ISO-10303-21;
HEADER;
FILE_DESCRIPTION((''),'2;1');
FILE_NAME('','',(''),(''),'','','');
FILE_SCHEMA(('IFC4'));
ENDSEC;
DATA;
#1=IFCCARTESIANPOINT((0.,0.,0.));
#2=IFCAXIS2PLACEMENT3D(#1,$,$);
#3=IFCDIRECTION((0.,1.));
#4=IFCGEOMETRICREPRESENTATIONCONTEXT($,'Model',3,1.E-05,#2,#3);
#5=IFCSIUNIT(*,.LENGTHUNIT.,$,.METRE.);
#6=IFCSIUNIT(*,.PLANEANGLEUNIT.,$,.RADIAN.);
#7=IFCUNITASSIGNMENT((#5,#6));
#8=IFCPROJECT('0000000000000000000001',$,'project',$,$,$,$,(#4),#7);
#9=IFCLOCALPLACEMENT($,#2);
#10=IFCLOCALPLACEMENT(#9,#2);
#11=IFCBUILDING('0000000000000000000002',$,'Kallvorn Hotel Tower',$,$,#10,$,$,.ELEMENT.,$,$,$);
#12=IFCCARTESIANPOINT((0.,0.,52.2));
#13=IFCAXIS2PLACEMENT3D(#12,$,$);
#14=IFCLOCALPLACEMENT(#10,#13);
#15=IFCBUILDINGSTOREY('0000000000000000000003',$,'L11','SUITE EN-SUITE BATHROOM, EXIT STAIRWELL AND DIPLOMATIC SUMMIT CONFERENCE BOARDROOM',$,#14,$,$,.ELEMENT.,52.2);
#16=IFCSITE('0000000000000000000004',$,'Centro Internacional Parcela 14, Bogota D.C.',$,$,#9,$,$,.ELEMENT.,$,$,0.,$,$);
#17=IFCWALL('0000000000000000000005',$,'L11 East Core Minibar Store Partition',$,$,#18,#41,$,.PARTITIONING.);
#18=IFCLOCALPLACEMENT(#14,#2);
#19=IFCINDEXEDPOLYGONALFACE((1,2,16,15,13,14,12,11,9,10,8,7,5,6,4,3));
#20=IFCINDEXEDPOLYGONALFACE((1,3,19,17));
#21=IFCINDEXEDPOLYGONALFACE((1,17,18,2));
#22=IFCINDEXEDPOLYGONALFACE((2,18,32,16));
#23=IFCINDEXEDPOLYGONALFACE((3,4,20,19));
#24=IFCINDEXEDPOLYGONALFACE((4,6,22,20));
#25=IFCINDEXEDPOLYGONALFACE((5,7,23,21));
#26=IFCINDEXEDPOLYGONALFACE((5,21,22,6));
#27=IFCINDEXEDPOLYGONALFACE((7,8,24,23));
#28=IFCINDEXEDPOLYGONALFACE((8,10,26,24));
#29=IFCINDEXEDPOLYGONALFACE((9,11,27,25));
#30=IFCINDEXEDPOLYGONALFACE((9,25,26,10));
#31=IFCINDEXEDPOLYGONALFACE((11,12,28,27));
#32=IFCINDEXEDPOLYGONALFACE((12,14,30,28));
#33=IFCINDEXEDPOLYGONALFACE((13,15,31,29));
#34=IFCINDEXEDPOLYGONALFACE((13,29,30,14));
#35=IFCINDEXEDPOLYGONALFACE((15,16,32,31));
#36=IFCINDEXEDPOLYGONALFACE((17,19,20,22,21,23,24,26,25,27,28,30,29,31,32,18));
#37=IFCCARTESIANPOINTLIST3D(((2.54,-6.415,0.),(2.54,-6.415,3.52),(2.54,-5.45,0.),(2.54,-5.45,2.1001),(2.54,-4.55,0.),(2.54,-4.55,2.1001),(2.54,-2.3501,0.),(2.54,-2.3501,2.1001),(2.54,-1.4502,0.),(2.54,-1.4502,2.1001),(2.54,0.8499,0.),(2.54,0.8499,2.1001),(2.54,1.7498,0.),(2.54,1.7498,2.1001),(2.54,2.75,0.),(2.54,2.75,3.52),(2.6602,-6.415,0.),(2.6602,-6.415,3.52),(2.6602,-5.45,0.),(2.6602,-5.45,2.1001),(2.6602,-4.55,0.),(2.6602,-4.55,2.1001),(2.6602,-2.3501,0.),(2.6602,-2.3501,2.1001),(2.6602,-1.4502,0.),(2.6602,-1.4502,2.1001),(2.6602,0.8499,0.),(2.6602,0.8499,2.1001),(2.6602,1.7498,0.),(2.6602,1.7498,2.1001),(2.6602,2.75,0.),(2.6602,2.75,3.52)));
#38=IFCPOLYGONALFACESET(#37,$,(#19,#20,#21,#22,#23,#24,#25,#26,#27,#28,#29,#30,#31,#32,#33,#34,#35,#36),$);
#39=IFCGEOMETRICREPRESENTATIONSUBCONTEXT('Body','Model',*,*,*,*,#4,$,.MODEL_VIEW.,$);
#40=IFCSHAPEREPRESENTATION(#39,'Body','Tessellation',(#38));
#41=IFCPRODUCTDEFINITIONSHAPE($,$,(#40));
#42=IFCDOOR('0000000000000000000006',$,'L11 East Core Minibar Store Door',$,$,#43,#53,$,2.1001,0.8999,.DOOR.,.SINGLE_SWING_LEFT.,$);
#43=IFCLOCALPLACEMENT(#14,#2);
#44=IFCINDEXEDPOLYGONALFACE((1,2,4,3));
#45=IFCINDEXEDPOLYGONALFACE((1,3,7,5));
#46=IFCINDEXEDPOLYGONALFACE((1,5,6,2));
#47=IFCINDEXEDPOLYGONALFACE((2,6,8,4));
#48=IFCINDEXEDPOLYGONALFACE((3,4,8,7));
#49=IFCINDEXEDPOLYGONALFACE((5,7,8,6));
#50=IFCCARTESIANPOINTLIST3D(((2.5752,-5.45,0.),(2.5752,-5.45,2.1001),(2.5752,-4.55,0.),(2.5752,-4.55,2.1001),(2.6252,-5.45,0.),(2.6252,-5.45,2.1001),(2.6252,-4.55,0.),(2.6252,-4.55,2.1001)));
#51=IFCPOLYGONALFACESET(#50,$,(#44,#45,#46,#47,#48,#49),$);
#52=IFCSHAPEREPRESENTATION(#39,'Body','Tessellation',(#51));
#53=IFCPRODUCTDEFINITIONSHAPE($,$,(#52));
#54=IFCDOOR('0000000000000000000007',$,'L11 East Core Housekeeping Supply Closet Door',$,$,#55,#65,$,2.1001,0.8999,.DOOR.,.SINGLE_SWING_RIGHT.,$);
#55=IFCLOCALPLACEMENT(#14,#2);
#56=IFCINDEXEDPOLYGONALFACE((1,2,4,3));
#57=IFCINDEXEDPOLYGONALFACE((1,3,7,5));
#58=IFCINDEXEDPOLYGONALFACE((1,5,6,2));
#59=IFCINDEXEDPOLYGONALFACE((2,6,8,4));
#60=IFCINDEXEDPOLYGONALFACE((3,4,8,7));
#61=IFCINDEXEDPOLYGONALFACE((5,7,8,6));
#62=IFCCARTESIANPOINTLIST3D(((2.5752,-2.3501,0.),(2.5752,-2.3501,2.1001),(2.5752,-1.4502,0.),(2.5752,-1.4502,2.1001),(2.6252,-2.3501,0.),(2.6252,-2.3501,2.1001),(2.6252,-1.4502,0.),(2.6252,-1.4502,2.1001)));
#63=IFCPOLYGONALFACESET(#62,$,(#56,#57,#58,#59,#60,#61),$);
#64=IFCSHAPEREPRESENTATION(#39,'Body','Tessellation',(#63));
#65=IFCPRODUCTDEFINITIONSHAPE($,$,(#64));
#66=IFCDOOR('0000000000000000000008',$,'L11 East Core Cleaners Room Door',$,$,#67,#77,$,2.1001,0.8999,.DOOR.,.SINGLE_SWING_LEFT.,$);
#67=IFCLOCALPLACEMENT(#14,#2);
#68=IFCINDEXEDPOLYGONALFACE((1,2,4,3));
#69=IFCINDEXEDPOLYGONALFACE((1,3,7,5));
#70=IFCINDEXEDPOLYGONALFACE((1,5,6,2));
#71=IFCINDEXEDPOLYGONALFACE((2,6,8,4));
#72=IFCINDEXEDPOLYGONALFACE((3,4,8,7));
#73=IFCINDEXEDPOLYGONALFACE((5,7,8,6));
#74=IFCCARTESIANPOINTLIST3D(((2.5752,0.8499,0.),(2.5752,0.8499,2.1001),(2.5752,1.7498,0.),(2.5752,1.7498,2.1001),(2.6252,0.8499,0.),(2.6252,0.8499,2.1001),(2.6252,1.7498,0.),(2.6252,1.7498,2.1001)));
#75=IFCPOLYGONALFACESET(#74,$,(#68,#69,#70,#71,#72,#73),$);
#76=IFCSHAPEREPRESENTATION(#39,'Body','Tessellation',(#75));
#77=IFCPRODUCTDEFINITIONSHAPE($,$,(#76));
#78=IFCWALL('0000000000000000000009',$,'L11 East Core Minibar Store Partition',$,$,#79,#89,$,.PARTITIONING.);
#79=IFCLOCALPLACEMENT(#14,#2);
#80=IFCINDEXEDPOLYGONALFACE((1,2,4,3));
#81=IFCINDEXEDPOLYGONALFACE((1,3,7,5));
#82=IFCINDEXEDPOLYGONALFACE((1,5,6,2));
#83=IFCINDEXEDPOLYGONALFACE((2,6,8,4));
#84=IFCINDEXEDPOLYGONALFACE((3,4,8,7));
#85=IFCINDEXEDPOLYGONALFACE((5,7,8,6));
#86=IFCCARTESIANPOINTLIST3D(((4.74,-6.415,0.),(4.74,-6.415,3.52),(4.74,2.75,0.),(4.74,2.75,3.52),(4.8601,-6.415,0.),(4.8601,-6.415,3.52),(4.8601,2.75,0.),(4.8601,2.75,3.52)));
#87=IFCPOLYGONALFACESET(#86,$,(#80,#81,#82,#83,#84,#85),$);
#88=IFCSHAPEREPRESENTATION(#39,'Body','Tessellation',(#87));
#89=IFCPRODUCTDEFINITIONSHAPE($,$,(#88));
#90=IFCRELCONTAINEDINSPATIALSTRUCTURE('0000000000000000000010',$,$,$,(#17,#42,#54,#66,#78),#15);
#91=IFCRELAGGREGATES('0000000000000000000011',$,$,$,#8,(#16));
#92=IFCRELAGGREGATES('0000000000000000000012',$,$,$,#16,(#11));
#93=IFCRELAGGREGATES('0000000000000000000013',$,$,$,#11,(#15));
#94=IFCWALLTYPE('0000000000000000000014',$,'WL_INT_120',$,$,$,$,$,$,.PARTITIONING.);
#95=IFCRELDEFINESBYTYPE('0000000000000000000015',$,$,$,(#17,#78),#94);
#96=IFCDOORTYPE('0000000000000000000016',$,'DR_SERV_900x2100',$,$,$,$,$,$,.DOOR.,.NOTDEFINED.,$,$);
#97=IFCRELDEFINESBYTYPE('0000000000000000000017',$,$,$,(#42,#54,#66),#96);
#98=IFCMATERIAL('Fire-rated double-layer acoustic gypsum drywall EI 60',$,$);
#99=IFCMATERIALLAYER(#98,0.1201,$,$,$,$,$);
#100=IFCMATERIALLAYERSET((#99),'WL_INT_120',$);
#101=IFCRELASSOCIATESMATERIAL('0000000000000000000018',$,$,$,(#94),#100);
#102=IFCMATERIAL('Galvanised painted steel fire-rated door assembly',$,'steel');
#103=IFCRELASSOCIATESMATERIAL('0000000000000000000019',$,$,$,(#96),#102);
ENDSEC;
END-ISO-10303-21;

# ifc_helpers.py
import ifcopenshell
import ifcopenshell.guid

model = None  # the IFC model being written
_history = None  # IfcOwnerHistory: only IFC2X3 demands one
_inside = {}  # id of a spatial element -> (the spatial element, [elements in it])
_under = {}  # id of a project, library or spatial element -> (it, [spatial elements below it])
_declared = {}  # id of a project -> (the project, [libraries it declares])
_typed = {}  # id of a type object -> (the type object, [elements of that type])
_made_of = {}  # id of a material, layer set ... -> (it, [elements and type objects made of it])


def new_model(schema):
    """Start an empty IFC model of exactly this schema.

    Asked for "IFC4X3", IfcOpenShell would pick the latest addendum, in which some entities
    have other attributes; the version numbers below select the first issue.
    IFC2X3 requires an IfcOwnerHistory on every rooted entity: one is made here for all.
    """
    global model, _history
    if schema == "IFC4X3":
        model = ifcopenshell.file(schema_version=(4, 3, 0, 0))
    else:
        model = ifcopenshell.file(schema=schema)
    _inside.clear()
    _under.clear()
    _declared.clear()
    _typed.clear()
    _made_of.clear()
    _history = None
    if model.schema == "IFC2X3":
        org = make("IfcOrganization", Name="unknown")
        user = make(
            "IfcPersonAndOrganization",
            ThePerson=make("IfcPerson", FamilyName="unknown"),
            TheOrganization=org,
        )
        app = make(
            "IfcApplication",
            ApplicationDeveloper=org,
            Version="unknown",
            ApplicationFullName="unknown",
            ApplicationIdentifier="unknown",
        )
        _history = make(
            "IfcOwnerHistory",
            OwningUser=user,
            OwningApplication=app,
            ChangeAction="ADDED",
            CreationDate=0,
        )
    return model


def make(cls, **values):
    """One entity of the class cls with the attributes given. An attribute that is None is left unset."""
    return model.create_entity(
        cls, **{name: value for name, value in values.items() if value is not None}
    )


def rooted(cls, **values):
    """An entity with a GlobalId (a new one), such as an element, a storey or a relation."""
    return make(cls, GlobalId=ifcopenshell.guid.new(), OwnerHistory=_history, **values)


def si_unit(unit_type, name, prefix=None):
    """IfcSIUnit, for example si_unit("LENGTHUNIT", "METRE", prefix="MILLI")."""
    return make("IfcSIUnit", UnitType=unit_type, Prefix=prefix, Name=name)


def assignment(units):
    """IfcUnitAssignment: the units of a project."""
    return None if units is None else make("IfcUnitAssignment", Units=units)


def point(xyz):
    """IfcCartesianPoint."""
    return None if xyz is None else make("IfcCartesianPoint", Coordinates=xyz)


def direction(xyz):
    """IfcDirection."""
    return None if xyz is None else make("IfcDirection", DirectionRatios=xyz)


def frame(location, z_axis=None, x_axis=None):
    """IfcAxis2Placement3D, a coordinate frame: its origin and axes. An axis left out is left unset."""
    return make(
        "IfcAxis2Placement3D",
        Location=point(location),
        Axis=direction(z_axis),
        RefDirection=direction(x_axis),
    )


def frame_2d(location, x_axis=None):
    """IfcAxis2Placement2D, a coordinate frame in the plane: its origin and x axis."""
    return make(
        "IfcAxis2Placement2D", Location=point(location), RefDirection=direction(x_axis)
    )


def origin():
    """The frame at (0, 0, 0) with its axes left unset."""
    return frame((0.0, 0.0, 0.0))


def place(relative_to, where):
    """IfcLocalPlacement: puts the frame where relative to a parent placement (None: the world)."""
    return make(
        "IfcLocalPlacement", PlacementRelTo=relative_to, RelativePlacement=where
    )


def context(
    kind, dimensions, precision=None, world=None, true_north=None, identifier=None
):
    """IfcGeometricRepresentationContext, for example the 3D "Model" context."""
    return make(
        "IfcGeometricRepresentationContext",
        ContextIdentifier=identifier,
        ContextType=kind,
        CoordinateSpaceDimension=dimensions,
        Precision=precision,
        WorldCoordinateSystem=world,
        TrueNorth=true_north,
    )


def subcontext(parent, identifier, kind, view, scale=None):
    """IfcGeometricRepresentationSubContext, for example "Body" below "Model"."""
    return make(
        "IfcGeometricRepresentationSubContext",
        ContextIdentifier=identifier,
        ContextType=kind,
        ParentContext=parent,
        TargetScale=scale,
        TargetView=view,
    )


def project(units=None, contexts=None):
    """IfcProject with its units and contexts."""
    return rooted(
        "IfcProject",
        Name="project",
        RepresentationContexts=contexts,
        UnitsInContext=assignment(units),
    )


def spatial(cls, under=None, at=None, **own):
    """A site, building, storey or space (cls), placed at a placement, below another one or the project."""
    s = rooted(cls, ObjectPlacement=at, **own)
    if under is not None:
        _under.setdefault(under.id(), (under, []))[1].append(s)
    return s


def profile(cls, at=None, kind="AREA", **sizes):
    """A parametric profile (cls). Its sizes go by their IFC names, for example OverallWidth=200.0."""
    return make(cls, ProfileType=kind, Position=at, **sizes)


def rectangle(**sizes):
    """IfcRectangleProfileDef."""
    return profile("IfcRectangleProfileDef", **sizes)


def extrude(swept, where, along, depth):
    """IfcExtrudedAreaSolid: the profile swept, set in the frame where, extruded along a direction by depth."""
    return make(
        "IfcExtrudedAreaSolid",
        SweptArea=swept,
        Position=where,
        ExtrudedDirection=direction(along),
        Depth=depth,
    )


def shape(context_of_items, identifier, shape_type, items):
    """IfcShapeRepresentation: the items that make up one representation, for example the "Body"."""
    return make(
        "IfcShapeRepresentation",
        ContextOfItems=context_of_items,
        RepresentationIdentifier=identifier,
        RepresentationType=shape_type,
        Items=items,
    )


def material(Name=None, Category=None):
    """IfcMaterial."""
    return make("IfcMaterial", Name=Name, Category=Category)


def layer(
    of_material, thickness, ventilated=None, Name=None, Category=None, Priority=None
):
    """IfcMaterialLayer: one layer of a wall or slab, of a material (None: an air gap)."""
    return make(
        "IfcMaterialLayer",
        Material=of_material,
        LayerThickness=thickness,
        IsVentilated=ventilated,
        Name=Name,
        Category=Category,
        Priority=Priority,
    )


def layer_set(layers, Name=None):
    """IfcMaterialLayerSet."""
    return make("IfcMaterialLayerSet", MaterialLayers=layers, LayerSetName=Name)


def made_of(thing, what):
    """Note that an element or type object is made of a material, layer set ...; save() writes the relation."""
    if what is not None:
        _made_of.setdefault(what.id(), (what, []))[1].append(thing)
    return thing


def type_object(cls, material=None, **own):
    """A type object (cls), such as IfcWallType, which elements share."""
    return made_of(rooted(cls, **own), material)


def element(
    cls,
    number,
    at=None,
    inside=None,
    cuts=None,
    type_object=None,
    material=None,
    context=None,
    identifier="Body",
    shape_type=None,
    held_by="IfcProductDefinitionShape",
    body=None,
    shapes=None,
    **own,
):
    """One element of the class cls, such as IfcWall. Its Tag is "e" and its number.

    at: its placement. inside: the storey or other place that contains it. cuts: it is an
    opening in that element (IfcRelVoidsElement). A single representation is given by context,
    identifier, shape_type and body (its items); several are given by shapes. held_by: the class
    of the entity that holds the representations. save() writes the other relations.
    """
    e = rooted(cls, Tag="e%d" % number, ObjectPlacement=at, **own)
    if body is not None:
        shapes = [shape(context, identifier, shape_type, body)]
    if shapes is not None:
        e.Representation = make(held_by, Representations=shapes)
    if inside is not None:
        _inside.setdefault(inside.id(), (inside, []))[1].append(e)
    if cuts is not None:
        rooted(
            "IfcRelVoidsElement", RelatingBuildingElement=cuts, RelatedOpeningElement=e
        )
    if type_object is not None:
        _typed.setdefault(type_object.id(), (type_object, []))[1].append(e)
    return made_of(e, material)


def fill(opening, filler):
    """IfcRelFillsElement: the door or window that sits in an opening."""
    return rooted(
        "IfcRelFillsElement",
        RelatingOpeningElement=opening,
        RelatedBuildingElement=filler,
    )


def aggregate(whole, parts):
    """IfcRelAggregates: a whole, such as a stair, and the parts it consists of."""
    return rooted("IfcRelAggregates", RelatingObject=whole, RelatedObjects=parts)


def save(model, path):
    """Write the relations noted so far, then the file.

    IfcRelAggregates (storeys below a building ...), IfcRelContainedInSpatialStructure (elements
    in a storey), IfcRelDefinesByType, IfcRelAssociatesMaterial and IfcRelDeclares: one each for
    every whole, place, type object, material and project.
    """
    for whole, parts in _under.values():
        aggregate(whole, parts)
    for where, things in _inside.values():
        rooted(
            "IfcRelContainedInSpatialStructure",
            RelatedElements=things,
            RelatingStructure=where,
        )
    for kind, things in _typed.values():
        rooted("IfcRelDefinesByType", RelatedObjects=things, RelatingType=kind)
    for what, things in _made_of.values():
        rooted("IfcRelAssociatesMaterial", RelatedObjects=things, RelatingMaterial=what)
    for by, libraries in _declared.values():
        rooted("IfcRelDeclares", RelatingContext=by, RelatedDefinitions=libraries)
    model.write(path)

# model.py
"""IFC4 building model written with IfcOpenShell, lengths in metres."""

from ifc_helpers import new_model, si_unit, direction, frame, frame_2d, origin, place, context, subcontext, project, spatial, rectangle, extrude, material, layer, layer_set, type_object, element, fill, save


model = new_model("IFC4")

# Units and contexts
model_context = context("Model", 3, precision=1e-05, world=origin(), true_north=direction((0.0, 1.0)))
body_context = subcontext(model_context, "Body", "Model", "MODEL_VIEW")
ifc_project = project(units=[si_unit("LENGTHUNIT", "METRE"), si_unit("PLANEANGLEUNIT", "RADIAN")], contexts=[model_context])

# Site, building, storey
site_placement = place(None, origin())
site = spatial("IfcSite", under=ifc_project, at=site_placement, Name="Centro Internacional Parcela 14, Bogota D.C.", CompositionType="ELEMENT", RefElevation=0.0)
building_placement = place(site_placement, origin())
building = spatial("IfcBuilding", under=site, at=building_placement, Name="Kallvorn Hotel Tower", CompositionType="ELEMENT")
storey_placement = place(building_placement, frame((0.0, 0.0, 52.2)))
storey = spatial("IfcBuildingStorey", under=building, at=storey_placement, Name="L11", Description="SUITE EN-SUITE BATHROOM, EXIT STAIRWELL AND DIPLOMATIC SUMMIT CONFERENCE BOARDROOM", CompositionType="ELEMENT", Elevation=52.2)

# Shared definitions
ifc_material_1 = material(Name="Fire-rated double-layer acoustic gypsum drywall EI 60")
ifc_layer_1 = layer(ifc_material_1, 0.1201)
ifc_layer_set_1 = layer_set([ifc_layer_1], Name="WL_INT_120")
wall_type_1 = type_object("IfcWallType", Name="WL_INT_120", PredefinedType="PARTITIONING", material=ifc_layer_set_1)

# Wall, openings, doors
wall_1_placement = place(storey_placement, frame((2.6001, -6.415, 0.0), z_axis=(0.0, 0.0, 1.0), x_axis=(0.0, 1.0, 0.0)))
wall_1 = element("IfcWall", 1, at=wall_1_placement, inside=storey, type_object=wall_type_1, Name="L11 East Core Minibar Store Partition", PredefinedType="PARTITIONING", context=body_context, shape_type="SweptSolid", body=[
    extrude(rectangle(XDim=9.165, YDim=0.1201, at=frame_2d((4.5825, 0.0))), origin(), (0.0, 0.0, 1.0), 3.52),
])
opening_1_placement = place(wall_1_placement, frame((0.9651, 0.0, 0.0)))
opening_1 = element("IfcOpeningElement", 2, at=opening_1_placement, cuts=wall_1, PredefinedType="OPENING", context=body_context, shape_type="SweptSolid", body=[
    extrude(rectangle(XDim=0.8999, YDim=2.1001, at=frame_2d((0.45, 1.05))), frame((0.0, 0.075, 0.0), z_axis=(0.0, -1.0, 0.0), x_axis=(1.0, 0.0, 0.0)), (0.0, 0.0, 1.0), 0.1501),
])
opening_2_placement = place(wall_1_placement, frame((4.0649, 0.0, 0.0)))
opening_2 = element("IfcOpeningElement", 3, at=opening_2_placement, cuts=wall_1, PredefinedType="OPENING", context=body_context, shape_type="SweptSolid", body=[
    extrude(rectangle(XDim=0.8999, YDim=2.1001, at=frame_2d((0.45, 1.05))), frame((0.0, 0.075, 0.0), z_axis=(0.0, -1.0, 0.0), x_axis=(1.0, 0.0, 0.0)), (0.0, 0.0, 1.0), 0.1501),
])
opening_3_placement = place(wall_1_placement, frame((7.2649, 0.0, 0.0)))
opening_3 = element("IfcOpeningElement", 4, at=opening_3_placement, cuts=wall_1, PredefinedType="OPENING", context=body_context, shape_type="SweptSolid", body=[
    extrude(rectangle(XDim=0.8999, YDim=2.1001, at=frame_2d((0.45, 1.05))), frame((0.0, 0.075, 0.0), z_axis=(0.0, -1.0, 0.0), x_axis=(1.0, 0.0, 0.0)), (0.0, 0.0, 1.0), 0.1501),
])
ifc_material_2 = material(Name="Galvanised painted steel fire-rated door assembly", Category="steel")
door_type_1 = type_object("IfcDoorType", Name="DR_SERV_900x2100", OperationType="NOTDEFINED", PredefinedType="DOOR", material=ifc_material_2)
door_1_placement = place(opening_1_placement, origin())
door_1 = element("IfcDoor", 5, at=door_1_placement, inside=storey, type_object=door_type_1, Name="L11 East Core Minibar Store Door", OperationType="SINGLE_SWING_LEFT", OverallHeight=2.1001, OverallWidth=0.8999, PredefinedType="DOOR", context=body_context, shape_type="SweptSolid", body=[
    extrude(rectangle(XDim=0.8999, YDim=2.1001, at=frame_2d((0.45, 1.05))), frame((0.0, 0.0249, 0.0), z_axis=(0.0, -1.0, 0.0), x_axis=(1.0, 0.0, 0.0)), (0.0, 0.0, 1.0), 0.05),
])
fill(opening_1, door_1)
door_2_placement = place(opening_2_placement, origin())
door_2 = element("IfcDoor", 6, at=door_2_placement, inside=storey, type_object=door_type_1, Name="L11 East Core Housekeeping Supply Closet Door", OperationType="SINGLE_SWING_RIGHT", OverallHeight=2.1001, OverallWidth=0.8999, PredefinedType="DOOR", context=body_context, shape_type="SweptSolid", body=[
    extrude(rectangle(XDim=0.8999, YDim=2.1001, at=frame_2d((0.45, 1.05))), frame((0.0, 0.0249, 0.0), z_axis=(0.0, -1.0, 0.0), x_axis=(1.0, 0.0, 0.0)), (0.0, 0.0, 1.0), 0.05),
])
fill(opening_2, door_2)
door_3_placement = place(opening_3_placement, origin())
door_3 = element("IfcDoor", 7, at=door_3_placement, inside=storey, type_object=door_type_1, Name="L11 East Core Cleaners Room Door", OperationType="SINGLE_SWING_LEFT", OverallHeight=2.1001, OverallWidth=0.8999, PredefinedType="DOOR", context=body_context, shape_type="SweptSolid", body=[
    extrude(rectangle(XDim=0.8999, YDim=2.1001, at=frame_2d((0.45, 1.05))), frame((0.0, 0.0249, 0.0), z_axis=(0.0, -1.0, 0.0), x_axis=(1.0, 0.0, 0.0)), (0.0, 0.0, 1.0), 0.05),
])
fill(opening_3, door_3)

# Wall
wall_2_placement = place(storey_placement, frame((4.8, -6.415, 0.0), z_axis=(0.0, 0.0, 1.0), x_axis=(0.0, 1.0, 0.0)))
element("IfcWall", 8, at=wall_2_placement, inside=storey, type_object=wall_type_1, Name="L11 East Core Minibar Store Partition", PredefinedType="PARTITIONING", context=body_context, shape_type="SweptSolid", body=[
    extrude(rectangle(XDim=9.165, YDim=0.1201, at=frame_2d((4.5825, 0.0))), origin(), (0.0, 0.0, 1.0), 3.52),
])

save(model, "model.ifc")
